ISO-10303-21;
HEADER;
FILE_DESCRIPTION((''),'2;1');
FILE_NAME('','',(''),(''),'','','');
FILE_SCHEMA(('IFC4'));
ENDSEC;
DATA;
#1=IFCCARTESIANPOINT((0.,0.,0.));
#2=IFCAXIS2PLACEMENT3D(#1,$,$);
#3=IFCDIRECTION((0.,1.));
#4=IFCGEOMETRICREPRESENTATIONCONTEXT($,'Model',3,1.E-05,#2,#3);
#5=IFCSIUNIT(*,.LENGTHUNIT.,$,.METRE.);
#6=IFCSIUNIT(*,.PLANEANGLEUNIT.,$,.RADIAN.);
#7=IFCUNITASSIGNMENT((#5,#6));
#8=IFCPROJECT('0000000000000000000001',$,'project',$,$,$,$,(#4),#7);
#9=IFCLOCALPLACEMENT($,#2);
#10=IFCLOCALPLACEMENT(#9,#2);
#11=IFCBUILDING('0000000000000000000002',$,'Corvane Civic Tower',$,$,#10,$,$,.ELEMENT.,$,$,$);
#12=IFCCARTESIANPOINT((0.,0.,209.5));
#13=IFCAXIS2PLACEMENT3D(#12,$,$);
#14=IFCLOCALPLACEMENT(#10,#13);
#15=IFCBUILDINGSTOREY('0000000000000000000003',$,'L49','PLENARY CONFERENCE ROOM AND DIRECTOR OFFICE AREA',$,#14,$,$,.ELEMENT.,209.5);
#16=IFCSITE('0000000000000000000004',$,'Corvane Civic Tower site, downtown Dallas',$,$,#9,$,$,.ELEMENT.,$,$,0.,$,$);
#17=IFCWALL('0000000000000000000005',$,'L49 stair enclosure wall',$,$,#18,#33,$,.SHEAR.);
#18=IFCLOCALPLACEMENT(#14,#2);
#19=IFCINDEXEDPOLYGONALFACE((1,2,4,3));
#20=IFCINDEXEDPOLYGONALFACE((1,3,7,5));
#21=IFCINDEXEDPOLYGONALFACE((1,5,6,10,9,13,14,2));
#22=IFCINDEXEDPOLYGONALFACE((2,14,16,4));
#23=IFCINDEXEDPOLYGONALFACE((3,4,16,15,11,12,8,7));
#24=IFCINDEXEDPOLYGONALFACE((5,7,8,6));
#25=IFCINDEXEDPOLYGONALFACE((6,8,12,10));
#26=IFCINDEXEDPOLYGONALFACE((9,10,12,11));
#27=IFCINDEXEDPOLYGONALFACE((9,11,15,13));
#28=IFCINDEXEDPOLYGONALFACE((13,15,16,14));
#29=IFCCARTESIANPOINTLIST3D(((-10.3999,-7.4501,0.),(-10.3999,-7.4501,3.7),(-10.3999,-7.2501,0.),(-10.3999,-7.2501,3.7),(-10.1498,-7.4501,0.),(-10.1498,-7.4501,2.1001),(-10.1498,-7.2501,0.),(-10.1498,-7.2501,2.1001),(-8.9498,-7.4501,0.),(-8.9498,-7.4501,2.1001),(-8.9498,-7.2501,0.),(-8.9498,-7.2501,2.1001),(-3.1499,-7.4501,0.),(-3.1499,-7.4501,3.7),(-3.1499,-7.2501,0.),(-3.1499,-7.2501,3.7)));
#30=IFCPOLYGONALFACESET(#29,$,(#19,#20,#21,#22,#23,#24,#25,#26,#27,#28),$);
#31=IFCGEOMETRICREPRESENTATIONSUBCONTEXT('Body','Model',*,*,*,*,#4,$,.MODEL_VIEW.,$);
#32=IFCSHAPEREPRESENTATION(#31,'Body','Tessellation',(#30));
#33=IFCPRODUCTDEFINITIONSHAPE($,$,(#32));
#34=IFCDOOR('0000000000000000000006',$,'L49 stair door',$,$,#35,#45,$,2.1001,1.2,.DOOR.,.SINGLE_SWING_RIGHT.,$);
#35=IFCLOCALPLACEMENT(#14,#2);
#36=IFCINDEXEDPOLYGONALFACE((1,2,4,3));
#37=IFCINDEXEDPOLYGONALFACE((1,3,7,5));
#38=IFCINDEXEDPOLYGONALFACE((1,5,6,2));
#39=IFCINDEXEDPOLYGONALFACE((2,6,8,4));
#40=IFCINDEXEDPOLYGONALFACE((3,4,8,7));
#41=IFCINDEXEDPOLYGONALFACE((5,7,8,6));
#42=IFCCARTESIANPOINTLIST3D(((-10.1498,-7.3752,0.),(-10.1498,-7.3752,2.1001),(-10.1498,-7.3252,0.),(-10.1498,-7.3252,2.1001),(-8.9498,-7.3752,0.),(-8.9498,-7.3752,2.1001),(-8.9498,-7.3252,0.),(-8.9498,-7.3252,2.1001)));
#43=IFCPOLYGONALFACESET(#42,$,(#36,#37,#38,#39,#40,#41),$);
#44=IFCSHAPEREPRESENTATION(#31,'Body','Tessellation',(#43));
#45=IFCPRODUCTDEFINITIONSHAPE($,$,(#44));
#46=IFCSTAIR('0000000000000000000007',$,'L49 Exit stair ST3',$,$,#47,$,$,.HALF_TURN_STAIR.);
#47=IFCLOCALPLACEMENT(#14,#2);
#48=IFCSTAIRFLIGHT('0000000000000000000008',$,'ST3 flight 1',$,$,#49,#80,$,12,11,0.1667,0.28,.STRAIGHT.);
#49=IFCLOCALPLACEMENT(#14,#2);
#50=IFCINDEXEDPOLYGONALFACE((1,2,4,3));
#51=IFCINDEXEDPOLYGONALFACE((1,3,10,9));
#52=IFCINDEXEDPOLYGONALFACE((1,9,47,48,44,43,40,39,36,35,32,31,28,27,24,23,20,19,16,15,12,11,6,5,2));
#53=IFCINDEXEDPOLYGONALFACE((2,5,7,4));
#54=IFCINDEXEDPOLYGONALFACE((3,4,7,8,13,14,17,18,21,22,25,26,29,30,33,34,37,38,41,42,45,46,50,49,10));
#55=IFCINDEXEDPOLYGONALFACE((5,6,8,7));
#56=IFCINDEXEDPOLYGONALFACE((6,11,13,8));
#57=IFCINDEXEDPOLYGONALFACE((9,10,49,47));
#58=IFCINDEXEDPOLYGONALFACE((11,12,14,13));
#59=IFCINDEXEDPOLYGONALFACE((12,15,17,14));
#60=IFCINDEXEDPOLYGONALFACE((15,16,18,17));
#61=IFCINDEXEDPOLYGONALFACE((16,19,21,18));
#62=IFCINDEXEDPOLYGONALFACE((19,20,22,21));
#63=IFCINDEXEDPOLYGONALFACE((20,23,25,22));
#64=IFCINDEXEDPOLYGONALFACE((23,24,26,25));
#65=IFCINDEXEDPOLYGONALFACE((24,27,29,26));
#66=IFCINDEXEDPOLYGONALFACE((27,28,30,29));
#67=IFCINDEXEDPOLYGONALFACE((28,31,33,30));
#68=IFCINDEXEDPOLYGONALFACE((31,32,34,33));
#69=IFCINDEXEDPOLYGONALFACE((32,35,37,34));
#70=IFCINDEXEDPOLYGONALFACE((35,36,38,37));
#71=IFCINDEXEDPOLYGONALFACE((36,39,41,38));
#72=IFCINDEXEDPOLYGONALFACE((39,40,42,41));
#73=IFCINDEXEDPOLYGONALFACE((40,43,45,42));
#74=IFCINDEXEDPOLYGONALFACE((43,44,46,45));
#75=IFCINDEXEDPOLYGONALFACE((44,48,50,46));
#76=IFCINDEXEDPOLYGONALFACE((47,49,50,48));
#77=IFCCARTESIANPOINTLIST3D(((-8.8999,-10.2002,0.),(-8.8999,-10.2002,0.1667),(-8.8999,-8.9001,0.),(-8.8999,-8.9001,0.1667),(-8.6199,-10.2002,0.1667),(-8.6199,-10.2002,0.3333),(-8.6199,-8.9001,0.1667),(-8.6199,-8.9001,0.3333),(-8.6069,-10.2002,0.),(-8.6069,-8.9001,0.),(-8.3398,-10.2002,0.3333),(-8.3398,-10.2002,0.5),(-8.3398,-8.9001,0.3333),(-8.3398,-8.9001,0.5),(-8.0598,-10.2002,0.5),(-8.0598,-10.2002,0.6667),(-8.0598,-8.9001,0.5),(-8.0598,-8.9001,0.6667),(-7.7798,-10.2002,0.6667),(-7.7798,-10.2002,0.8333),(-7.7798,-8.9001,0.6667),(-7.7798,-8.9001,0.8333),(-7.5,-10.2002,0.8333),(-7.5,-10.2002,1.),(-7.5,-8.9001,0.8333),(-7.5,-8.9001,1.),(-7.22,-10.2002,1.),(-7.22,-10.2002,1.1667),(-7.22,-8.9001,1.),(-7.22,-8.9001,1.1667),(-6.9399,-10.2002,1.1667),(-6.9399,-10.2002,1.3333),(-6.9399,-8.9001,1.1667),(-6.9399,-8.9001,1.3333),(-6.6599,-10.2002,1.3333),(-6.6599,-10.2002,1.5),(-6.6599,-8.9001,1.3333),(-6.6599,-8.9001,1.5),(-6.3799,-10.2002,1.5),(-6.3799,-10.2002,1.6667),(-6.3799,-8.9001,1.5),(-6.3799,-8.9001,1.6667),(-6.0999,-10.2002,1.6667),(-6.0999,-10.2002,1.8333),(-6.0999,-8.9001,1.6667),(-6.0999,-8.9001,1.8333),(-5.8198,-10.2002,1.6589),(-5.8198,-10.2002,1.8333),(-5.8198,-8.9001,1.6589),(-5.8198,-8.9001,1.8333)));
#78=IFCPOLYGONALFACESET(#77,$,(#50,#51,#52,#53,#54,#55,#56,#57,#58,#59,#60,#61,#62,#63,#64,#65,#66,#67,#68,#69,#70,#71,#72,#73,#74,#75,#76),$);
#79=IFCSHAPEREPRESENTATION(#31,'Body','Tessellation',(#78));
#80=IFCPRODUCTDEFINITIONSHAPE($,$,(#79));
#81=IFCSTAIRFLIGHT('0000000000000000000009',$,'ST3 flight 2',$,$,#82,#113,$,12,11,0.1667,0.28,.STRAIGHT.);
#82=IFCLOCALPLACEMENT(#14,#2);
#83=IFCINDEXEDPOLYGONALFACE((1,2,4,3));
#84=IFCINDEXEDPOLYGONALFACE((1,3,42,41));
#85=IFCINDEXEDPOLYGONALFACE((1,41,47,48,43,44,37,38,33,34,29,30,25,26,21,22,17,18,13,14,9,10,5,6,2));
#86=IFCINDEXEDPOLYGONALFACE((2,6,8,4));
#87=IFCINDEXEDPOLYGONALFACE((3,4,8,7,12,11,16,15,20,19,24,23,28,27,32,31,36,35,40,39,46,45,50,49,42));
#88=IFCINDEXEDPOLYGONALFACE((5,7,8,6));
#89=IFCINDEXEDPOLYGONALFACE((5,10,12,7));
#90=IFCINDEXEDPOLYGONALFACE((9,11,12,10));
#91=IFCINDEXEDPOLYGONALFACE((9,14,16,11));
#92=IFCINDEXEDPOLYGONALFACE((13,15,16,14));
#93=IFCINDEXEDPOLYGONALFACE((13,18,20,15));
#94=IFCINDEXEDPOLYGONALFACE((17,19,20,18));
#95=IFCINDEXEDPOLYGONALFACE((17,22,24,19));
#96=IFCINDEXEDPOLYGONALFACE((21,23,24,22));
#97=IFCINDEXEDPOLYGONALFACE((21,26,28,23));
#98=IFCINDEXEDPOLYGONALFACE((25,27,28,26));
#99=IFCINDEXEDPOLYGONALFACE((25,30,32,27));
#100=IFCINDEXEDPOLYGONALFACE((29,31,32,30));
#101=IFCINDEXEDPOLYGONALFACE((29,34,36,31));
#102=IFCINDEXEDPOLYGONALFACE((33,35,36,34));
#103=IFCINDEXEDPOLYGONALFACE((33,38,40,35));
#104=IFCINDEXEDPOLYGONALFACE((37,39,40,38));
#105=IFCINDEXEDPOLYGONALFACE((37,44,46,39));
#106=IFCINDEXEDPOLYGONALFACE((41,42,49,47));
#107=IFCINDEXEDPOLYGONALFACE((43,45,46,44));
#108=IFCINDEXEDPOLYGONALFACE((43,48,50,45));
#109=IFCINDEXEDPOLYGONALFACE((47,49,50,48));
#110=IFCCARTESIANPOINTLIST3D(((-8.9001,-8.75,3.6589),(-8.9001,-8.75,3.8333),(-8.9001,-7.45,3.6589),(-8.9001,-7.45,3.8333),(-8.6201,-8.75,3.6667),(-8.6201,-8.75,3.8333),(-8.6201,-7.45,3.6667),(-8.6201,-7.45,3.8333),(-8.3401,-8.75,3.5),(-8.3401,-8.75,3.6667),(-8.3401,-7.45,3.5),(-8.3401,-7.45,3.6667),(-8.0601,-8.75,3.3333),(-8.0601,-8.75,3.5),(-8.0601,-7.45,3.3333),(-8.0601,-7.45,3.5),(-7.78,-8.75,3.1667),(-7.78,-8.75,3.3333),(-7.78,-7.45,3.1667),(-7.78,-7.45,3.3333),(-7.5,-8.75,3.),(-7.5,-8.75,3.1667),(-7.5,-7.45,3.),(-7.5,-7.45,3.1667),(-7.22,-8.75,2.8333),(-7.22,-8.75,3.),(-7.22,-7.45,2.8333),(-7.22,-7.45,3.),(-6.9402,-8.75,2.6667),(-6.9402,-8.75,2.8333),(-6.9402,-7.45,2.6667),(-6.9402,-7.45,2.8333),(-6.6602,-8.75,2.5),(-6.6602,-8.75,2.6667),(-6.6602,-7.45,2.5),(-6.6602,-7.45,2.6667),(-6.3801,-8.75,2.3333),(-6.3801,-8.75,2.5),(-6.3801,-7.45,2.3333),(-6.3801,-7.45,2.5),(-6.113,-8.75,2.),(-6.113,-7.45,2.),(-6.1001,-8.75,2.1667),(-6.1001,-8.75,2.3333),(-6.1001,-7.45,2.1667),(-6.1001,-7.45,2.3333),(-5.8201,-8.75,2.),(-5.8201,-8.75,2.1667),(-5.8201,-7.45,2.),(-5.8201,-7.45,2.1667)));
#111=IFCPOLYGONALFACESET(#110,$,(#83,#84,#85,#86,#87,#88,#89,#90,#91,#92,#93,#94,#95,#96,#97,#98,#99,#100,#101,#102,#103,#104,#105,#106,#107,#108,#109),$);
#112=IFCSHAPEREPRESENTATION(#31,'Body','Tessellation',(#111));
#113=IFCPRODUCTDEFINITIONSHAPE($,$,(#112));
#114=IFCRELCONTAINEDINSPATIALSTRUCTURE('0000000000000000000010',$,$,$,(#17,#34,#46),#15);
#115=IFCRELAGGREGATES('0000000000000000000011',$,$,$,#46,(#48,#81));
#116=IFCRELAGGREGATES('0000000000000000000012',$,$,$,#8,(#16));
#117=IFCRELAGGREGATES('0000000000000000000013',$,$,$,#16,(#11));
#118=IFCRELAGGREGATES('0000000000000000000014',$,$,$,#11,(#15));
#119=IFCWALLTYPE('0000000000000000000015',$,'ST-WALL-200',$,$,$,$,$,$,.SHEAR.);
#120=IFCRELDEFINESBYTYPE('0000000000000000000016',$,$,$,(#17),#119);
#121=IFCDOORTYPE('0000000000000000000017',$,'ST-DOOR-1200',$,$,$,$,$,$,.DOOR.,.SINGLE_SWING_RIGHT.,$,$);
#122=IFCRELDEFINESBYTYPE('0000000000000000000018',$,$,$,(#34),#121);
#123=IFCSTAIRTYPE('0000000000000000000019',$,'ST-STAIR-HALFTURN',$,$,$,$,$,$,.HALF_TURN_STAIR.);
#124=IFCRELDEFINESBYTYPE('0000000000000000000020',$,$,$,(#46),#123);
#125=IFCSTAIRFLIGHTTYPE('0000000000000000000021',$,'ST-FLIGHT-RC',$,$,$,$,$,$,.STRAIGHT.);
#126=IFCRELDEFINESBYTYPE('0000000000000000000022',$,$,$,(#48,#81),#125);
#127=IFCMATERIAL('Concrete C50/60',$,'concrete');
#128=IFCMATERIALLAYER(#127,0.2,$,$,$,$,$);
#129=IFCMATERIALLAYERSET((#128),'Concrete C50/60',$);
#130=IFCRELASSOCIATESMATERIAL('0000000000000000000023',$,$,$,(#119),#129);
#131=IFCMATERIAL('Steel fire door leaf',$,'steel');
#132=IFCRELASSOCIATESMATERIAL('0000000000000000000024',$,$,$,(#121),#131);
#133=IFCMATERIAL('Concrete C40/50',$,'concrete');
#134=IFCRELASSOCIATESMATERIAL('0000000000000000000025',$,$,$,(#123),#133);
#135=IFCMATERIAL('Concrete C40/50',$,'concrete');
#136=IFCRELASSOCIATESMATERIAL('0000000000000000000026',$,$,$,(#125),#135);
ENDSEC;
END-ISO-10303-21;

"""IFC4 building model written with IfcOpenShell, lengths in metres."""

from ifc_helpers import new_model, si_unit, direction, frame, frame_2d, origin, place, context, subcontext, project, spatial, polyline, rectangle, outline, extrude, material, layer, layer_set, type_object, element, fill, aggregate, save


model = new_model("IFC4")

# Units and contexts
model_context = context("Model", 3, precision=1e-05, world=origin(), true_north=direction((0.0, 1.0)))
body_context = subcontext(model_context, "Body", "Model", "MODEL_VIEW")
ifc_project = project(units=[si_unit("LENGTHUNIT", "METRE"), si_unit("PLANEANGLEUNIT", "RADIAN")], contexts=[model_context])

# Site, building, storey
site_placement = place(None, origin())
site = spatial("IfcSite", under=ifc_project, at=site_placement, Name="Corvane Civic Tower site, downtown Dallas", CompositionType="ELEMENT", RefElevation=0.0)
building_placement = place(site_placement, origin())
building = spatial("IfcBuilding", under=site, at=building_placement, Name="Corvane Civic Tower", CompositionType="ELEMENT")
storey_placement = place(building_placement, frame((0.0, 0.0, 209.5)))
storey = spatial("IfcBuildingStorey", under=building, at=storey_placement, Name="L49", Description="PLENARY CONFERENCE ROOM AND DIRECTOR OFFICE AREA", CompositionType="ELEMENT", Elevation=209.5)

# Wall, opening, door
ifc_material_1 = material(Name="Concrete C50/60", Category="concrete")
ifc_layer_1 = layer(ifc_material_1, 0.2)
ifc_layer_set_1 = layer_set([ifc_layer_1], Name="Concrete C50/60")
wall_type_1 = type_object("IfcWallType", Name="ST-WALL-200", PredefinedType="SHEAR", material=ifc_layer_set_1)
wall_1_placement = place(storey_placement, frame((-10.3999, -7.3501, 0.0), z_axis=(0.0, 0.0, 1.0), x_axis=(1.0, 0.0, 0.0)))
wall_1 = element("IfcWall", 1, at=wall_1_placement, inside=storey, type_object=wall_type_1, Name="L49 stair enclosure wall", PredefinedType="SHEAR", context=body_context, shape_type="SweptSolid", body=[
    extrude(rectangle(XDim=7.25, YDim=0.2, at=frame_2d((3.625, 0.0))), origin(), (0.0, 0.0, 1.0), 3.7),
])
opening_1_placement = place(wall_1_placement, frame((0.25, 0.0, 0.0)))
opening_1 = element("IfcOpeningElement", 2, at=opening_1_placement, cuts=wall_1, PredefinedType="OPENING", context=body_context, shape_type="SweptSolid", body=[
    extrude(rectangle(XDim=1.2, YDim=2.1001, at=frame_2d((0.6001, 1.05))), frame((0.0, 0.1099, 0.0), z_axis=(0.0, -1.0, 0.0), x_axis=(1.0, 0.0, 0.0)), (0.0, 0.0, 1.0), 0.22),
])
ifc_material_2 = material(Name="Steel fire door leaf", Category="steel")
door_type_1 = type_object("IfcDoorType", Name="ST-DOOR-1200", OperationType="SINGLE_SWING_RIGHT", PredefinedType="DOOR", material=ifc_material_2)
door_1_placement = place(opening_1_placement, origin())
door_1 = element("IfcDoor", 3, at=door_1_placement, inside=storey, type_object=door_type_1, Name="L49 stair door", OperationType="SINGLE_SWING_RIGHT", OverallHeight=2.1001, OverallWidth=1.2, PredefinedType="DOOR", context=body_context, shape_type="SweptSolid", body=[
    extrude(rectangle(XDim=1.2, YDim=2.1001, at=frame_2d((0.6001, 1.05))), frame((0.0, 0.0249, 0.0), z_axis=(0.0, -1.0, 0.0), x_axis=(1.0, 0.0, 0.0)), (0.0, 0.0, 1.0), 0.05),
])
fill(opening_1, door_1)

# Stair, stair flights
ifc_material_3 = material(Name="Concrete C40/50", Category="concrete")
stair_type = type_object("IfcStairType", Name="ST-STAIR-HALFTURN", PredefinedType="HALF_TURN_STAIR", material=ifc_material_3)
stair_placement = place(storey_placement, origin())
stair = element("IfcStair", 4, at=stair_placement, inside=storey, type_object=stair_type, Name="L49 Exit stair ST3", PredefinedType="HALF_TURN_STAIR")
ifc_material_4 = material(Name="Concrete C40/50", Category="concrete")
stair_flight_type = type_object("IfcStairFlightType", Name="ST-FLIGHT-RC", PredefinedType="STRAIGHT", material=ifc_material_4)
stair_flight_1_placement = place(storey_placement, frame((-8.8999, -9.55, 0.0), z_axis=(0.0, 0.0, 1.0), x_axis=(1.0, 0.0, 0.0)))
stair_flight_1 = element("IfcStairFlight", 5, at=stair_flight_1_placement, type_object=stair_flight_type, Name="ST3 flight 1", NumberOfRisers=12, NumberOfTreads=11, PredefinedType="STRAIGHT", RiserHeight=0.1667, TreadLength=0.28, context=body_context, shape_type="SweptSolid", body=[
    extrude(outline(polyline([(0.0, 0.0), (0.0, 0.1667), (0.28, 0.1667), (0.28, 0.3333), (0.5601, 0.3333), (0.5601, 0.5), (0.8401, 0.5), (0.8401, 0.6667), (1.1201, 0.6667), (1.1201, 0.8333), (1.3999, 0.8333), (1.3999, 1.0), (1.6799, 1.0), (1.6799, 1.1667), (1.96, 1.1667), (1.96, 1.3333), (2.24, 1.3333), (2.24, 1.5), (2.52, 1.5), (2.52, 1.6667), (2.8, 1.6667), (2.8, 1.8333), (3.0801, 1.8333), (3.0801, 2.0), (3.0801, 1.6589), (0.293, 0.0), (0.0, 0.0)])), frame((0.0, 0.6499, 0.0), z_axis=(0.0, -1.0, 0.0), x_axis=(1.0, 0.0, 0.0)), (0.0, 0.0, 1.0), 1.3),
])
stair_flight_2_placement = place(storey_placement, frame((-5.8201, -8.1001, 2.0), z_axis=(0.0, 0.0, 1.0), x_axis=(-1.0, 0.0, 0.0)))
stair_flight_2 = element("IfcStairFlight", 6, at=stair_flight_2_placement, type_object=stair_flight_type, Name="ST3 flight 2", NumberOfRisers=12, NumberOfTreads=11, PredefinedType="STRAIGHT", RiserHeight=0.1667, TreadLength=0.28, context=body_context, shape_type="SweptSolid", body=[
    extrude(outline(polyline([(0.0, 0.0), (0.0, 0.1667), (0.28, 0.1667), (0.28, 0.3333), (0.5601, 0.3333), (0.5601, 0.5), (0.8401, 0.5), (0.8401, 0.6667), (1.1201, 0.6667), (1.1201, 0.8333), (1.3999, 0.8333), (1.3999, 1.0), (1.6799, 1.0), (1.6799, 1.1667), (1.96, 1.1667), (1.96, 1.3333), (2.24, 1.3333), (2.24, 1.5), (2.52, 1.5), (2.52, 1.6667), (2.8, 1.6667), (2.8, 1.8333), (3.0801, 1.8333), (3.0801, 2.0), (3.0801, 1.6589), (0.293, 0.0), (0.0, 0.0)])), frame((0.0, 0.6499, 0.0), z_axis=(0.0, -1.0, 0.0), x_axis=(1.0, 0.0, 0.0)), (0.0, 0.0, 1.0), 1.3),
])
aggregate(stair, [stair_flight_1, stair_flight_2])

save(model, "model.ifc")
